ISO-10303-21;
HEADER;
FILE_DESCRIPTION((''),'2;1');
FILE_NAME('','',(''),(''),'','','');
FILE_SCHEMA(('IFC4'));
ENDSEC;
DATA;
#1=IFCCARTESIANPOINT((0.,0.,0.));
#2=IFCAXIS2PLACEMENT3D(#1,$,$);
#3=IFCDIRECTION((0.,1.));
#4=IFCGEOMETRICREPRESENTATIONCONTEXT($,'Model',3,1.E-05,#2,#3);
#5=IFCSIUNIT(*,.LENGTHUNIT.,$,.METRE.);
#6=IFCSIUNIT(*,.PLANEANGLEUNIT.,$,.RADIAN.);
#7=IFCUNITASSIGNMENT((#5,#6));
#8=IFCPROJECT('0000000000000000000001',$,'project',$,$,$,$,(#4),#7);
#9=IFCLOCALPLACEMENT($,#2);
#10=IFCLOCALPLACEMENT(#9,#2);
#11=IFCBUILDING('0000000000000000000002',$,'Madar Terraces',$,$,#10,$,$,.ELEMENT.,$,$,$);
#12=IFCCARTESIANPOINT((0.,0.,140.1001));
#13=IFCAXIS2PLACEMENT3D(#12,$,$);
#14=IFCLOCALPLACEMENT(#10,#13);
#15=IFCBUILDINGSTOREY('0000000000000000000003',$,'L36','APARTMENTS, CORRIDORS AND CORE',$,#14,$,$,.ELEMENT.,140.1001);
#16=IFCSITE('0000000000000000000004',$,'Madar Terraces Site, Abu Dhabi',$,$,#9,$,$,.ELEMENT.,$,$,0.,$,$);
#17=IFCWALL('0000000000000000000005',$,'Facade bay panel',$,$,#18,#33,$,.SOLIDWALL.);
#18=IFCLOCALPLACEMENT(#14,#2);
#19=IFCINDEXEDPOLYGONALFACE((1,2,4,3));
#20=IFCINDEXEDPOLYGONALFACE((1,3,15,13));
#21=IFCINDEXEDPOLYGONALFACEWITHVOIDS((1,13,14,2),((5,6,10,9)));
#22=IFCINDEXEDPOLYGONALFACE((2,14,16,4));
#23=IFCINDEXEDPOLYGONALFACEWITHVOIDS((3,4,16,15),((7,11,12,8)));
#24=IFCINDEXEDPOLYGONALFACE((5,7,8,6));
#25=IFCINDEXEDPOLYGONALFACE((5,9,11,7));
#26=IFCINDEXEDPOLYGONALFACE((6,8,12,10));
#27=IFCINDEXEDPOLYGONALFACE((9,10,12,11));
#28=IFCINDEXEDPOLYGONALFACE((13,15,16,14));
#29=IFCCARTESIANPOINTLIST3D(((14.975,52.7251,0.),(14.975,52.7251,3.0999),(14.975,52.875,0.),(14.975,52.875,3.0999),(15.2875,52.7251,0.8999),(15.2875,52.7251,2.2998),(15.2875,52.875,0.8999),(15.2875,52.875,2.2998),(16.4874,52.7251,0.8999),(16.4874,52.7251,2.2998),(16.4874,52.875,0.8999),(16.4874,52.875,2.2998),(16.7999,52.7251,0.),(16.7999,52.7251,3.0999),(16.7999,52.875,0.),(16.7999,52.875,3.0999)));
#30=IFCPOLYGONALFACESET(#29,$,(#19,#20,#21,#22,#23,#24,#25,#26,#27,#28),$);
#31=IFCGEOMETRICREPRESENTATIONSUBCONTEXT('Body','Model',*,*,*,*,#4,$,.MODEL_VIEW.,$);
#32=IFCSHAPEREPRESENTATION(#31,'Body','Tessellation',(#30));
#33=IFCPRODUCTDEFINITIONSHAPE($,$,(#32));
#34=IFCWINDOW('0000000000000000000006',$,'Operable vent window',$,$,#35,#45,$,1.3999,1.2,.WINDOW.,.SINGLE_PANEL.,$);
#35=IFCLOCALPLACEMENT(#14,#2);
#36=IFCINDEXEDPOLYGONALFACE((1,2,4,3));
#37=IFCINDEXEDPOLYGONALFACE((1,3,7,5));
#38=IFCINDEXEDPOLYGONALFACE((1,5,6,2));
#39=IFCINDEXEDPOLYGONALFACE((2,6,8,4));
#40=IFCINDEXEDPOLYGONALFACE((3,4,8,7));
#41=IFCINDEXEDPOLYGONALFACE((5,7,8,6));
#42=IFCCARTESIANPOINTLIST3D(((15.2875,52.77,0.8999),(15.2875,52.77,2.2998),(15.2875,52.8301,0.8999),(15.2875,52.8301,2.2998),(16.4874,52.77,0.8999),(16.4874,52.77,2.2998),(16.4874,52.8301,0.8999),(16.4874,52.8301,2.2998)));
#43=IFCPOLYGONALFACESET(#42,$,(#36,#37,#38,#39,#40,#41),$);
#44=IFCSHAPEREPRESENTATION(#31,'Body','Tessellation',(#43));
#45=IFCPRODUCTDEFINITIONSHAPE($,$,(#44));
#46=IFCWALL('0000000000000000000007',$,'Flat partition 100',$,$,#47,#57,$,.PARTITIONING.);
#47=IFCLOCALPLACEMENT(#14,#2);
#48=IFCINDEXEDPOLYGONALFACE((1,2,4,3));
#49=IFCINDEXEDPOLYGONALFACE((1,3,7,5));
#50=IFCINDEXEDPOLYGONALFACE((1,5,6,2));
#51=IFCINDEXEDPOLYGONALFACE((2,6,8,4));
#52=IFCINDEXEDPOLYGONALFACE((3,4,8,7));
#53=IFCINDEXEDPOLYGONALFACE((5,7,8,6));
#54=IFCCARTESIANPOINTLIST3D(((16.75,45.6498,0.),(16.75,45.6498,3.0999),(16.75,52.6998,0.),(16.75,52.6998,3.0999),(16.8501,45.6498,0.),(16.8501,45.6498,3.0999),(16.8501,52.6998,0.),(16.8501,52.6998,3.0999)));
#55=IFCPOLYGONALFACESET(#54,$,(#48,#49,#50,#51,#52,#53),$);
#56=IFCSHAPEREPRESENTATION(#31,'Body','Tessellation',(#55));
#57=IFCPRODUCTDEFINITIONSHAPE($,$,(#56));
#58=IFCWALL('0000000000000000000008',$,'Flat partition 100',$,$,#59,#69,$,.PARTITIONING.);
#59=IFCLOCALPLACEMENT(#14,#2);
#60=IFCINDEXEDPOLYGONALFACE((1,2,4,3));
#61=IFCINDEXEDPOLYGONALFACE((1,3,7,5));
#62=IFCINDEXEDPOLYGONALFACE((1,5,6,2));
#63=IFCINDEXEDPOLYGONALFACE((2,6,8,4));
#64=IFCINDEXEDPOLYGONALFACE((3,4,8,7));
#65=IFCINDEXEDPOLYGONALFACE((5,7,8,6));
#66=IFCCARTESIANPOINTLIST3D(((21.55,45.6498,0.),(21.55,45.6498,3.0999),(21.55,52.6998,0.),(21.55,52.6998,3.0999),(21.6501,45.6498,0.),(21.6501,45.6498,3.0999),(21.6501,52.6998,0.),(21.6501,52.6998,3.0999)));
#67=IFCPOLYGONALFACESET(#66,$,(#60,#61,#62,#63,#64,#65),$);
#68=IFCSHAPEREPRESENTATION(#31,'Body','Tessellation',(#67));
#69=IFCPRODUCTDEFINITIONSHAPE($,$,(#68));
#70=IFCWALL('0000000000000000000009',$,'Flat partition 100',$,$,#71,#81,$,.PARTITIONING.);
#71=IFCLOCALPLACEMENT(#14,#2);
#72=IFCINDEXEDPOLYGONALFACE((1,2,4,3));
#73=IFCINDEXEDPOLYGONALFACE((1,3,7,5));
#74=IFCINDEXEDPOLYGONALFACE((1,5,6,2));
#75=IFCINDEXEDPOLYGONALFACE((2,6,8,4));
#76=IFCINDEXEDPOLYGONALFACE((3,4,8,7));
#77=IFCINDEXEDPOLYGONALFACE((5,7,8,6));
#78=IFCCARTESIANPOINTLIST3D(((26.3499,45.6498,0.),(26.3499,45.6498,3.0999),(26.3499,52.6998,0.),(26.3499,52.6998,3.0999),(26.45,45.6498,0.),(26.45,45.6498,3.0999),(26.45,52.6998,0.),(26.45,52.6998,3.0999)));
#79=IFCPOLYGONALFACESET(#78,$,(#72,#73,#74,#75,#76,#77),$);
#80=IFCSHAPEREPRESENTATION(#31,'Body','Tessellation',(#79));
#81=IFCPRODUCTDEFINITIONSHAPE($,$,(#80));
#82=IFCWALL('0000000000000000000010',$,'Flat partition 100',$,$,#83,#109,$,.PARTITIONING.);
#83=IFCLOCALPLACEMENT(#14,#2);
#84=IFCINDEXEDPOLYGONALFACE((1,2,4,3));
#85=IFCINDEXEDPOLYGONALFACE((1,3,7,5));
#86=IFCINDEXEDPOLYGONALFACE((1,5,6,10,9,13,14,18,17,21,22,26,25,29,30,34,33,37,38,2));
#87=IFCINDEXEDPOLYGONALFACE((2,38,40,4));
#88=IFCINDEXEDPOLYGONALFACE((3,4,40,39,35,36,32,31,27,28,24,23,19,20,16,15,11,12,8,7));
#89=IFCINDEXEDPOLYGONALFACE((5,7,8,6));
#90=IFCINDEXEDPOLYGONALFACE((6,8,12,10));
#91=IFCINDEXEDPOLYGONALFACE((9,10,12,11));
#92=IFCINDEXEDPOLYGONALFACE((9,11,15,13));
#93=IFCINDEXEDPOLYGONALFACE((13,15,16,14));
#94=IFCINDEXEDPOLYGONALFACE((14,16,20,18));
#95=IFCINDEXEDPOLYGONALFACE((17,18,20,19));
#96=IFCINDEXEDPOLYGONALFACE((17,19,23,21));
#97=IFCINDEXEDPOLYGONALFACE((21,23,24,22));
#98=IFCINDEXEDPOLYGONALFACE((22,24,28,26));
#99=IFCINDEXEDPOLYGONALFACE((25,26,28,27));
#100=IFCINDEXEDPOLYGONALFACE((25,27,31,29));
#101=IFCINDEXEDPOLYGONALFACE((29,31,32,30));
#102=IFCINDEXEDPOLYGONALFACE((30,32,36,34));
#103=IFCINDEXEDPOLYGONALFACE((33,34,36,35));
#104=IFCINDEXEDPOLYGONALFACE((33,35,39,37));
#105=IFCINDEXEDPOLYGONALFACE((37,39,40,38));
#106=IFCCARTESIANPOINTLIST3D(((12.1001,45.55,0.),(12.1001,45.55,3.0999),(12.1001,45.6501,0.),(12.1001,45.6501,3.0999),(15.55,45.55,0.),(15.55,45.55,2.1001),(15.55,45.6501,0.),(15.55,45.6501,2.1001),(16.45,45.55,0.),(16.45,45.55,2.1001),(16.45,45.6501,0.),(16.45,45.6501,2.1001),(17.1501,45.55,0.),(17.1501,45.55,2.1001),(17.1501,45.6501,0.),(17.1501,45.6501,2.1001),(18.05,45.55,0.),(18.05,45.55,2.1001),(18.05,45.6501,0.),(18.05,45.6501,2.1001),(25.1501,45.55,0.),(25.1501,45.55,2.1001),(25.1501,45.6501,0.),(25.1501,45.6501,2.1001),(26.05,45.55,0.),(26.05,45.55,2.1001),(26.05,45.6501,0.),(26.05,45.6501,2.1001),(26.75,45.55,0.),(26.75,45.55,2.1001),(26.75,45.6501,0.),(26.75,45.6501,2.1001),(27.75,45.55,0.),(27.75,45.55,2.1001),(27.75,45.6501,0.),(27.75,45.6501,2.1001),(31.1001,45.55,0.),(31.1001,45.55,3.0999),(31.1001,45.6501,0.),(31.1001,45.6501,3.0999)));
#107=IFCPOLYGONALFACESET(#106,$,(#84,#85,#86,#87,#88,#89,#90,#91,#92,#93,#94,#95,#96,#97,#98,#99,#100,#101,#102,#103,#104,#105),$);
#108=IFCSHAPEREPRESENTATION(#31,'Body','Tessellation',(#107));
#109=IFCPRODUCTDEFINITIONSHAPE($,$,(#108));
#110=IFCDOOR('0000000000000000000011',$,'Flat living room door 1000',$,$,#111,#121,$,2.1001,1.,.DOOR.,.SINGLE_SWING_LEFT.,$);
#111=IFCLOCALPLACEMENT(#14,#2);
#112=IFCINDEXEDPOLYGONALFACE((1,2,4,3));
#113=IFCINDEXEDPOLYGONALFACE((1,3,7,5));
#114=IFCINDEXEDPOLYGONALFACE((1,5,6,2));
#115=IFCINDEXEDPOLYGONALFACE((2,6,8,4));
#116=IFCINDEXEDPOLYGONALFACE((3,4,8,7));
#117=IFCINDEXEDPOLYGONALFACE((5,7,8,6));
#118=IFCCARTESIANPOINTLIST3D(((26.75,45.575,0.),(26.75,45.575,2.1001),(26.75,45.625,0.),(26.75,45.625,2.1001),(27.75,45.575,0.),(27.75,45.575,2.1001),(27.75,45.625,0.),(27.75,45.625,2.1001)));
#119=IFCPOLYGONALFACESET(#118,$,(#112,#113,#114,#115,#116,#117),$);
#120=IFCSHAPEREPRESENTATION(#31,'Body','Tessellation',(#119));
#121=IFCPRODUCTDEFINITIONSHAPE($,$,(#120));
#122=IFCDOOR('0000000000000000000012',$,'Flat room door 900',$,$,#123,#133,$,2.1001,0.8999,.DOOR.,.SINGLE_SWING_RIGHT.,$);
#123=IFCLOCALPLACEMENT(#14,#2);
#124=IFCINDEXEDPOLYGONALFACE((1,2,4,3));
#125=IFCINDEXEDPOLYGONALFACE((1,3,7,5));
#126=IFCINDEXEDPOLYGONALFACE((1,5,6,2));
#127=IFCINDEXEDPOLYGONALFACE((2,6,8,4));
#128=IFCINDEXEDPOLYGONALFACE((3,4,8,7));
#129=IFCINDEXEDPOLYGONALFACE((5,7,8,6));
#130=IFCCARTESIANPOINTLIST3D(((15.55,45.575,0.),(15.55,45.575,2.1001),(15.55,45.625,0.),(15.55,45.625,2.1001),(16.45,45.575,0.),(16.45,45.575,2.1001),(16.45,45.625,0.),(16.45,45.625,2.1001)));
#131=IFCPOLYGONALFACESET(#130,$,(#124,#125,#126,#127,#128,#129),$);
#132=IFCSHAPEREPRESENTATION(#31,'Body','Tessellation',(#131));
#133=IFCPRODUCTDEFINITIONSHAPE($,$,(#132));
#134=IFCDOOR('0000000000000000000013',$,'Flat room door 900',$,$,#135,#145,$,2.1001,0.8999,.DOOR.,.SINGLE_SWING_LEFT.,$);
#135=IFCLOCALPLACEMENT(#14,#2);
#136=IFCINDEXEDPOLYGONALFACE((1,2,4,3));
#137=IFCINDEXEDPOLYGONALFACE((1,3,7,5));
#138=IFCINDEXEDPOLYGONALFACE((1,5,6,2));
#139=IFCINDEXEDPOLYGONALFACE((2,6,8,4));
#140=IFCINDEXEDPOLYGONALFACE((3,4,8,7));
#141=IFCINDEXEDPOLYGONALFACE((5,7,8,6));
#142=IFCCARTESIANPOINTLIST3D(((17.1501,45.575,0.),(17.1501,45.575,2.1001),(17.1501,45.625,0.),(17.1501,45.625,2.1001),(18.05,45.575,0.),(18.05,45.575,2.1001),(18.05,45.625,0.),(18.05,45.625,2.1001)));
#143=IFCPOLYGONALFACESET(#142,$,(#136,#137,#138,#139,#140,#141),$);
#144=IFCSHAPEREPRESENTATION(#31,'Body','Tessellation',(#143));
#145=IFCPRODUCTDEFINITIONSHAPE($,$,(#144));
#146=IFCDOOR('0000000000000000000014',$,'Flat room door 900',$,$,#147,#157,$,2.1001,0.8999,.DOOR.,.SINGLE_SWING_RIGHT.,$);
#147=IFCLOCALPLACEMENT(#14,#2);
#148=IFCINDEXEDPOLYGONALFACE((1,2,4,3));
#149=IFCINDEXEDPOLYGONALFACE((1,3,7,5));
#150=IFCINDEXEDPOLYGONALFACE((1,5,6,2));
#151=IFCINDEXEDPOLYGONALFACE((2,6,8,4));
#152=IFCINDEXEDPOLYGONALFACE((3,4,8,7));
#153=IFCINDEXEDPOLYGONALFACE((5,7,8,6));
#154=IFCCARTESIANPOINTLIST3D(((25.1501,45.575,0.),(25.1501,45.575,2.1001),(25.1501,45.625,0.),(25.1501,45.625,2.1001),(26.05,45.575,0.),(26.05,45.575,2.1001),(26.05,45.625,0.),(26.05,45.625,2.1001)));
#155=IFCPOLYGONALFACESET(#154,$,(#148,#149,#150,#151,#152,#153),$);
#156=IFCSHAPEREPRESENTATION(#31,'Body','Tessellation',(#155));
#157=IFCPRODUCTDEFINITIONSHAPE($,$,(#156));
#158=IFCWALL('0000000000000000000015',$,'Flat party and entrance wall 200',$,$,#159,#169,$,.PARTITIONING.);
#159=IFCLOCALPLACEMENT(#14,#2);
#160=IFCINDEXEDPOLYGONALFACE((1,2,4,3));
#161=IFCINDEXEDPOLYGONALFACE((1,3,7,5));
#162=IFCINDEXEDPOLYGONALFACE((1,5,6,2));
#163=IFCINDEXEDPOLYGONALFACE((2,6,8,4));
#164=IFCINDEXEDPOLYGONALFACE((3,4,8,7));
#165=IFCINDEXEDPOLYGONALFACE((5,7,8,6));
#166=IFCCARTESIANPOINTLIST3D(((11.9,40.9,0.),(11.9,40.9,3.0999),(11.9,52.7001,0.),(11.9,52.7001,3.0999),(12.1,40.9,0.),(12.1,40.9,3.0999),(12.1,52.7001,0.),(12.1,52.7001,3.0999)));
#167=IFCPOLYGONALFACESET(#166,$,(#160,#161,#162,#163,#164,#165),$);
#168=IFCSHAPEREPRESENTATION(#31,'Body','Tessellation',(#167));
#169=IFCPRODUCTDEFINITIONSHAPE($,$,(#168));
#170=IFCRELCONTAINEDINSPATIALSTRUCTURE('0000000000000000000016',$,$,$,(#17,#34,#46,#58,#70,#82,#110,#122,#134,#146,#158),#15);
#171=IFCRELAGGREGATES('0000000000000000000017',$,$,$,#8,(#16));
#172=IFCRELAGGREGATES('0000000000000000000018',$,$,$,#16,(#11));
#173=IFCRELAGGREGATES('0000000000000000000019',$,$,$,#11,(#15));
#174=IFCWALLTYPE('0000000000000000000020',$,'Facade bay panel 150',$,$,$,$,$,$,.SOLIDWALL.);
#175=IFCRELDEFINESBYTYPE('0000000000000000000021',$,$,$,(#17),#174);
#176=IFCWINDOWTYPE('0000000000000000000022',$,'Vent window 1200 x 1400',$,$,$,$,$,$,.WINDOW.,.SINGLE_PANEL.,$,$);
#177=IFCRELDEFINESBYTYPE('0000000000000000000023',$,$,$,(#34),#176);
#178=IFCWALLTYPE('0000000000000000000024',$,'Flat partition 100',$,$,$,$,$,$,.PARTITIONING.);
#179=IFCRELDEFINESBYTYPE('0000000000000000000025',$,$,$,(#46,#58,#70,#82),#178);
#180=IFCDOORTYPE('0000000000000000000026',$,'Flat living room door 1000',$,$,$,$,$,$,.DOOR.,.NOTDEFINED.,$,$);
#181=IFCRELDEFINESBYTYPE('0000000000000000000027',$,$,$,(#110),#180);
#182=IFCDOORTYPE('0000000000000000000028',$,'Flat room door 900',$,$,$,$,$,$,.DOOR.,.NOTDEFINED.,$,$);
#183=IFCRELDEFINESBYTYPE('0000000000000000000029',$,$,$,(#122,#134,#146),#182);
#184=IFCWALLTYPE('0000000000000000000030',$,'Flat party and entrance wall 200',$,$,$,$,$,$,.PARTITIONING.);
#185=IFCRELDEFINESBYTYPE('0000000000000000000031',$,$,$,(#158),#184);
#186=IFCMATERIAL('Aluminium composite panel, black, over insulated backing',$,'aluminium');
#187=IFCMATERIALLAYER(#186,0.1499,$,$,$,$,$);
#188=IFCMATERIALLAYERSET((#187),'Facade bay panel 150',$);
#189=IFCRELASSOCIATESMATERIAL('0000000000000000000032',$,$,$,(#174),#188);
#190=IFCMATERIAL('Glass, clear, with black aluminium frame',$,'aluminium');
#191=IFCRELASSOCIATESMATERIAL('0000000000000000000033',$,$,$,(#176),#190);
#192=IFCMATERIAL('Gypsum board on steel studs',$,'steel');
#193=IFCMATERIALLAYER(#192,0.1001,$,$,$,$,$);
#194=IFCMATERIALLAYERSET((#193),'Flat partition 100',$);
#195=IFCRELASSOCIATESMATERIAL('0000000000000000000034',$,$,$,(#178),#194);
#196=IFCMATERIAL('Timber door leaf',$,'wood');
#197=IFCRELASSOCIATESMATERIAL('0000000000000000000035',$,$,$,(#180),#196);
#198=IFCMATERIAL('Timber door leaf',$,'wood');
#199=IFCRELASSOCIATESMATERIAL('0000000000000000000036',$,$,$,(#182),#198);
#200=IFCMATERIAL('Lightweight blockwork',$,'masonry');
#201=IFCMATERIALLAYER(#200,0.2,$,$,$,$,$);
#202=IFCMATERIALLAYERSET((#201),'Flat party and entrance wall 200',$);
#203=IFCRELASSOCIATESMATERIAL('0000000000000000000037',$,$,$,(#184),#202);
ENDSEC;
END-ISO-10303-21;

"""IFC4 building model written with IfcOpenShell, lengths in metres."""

from ifc_helpers import new_model, si_unit, direction, frame, frame_2d, origin, place, context, subcontext, project, spatial, rectangle, extrude, material, layer, layer_set, type_object, element, fill, save


model = new_model("IFC4")

# Units and contexts
model_context = context("Model", 3, precision=1e-05, world=origin(), true_north=direction((0.0, 1.0)))
body_context = subcontext(model_context, "Body", "Model", "MODEL_VIEW")
ifc_project = project(units=[si_unit("LENGTHUNIT", "METRE"), si_unit("PLANEANGLEUNIT", "RADIAN")], contexts=[model_context])

# Site, building, storey
site_placement = place(None, origin())
site = spatial("IfcSite", under=ifc_project, at=site_placement, Name="Madar Terraces Site, Abu Dhabi", CompositionType="ELEMENT", RefElevation=0.0)
building_placement = place(site_placement, origin())
building = spatial("IfcBuilding", under=site, at=building_placement, Name="Madar Terraces", CompositionType="ELEMENT")
storey_placement = place(building_placement, frame((0.0, 0.0, 140.1001)))
storey = spatial("IfcBuildingStorey", under=building, at=storey_placement, Name="L36", Description="APARTMENTS, CORRIDORS AND CORE", CompositionType="ELEMENT", Elevation=140.1001)

# Wall, opening, window
ifc_material_1 = material(Name="Aluminium composite panel, black, over insulated backing", Category="aluminium")
ifc_layer_1 = layer(ifc_material_1, 0.1499)
ifc_layer_set_1 = layer_set([ifc_layer_1], Name="Facade bay panel 150")
wall_type_1 = type_object("IfcWallType", Name="Facade bay panel 150", PredefinedType="SOLIDWALL", material=ifc_layer_set_1)
ifc_material_2 = material(Name="Glass, clear, with black aluminium frame", Category="aluminium")
window_type = type_object("IfcWindowType", Name="Vent window 1200 x 1400", PartitioningType="SINGLE_PANEL", PredefinedType="WINDOW", material=ifc_material_2)
wall_1_placement = place(storey_placement, frame((16.8, 52.8, 0.0), z_axis=(0.0, 0.0, 1.0), x_axis=(-1.0, 0.0, 0.0)))
wall_1 = element("IfcWall", 1, at=wall_1_placement, inside=storey, type_object=wall_type_1, Name="Facade bay panel", PredefinedType="SOLIDWALL", context=body_context, shape_type="SweptSolid", body=[
    extrude(rectangle(XDim=1.825, YDim=0.1499, at=frame_2d((0.9126, 0.0))), origin(), (0.0, 0.0, 1.0), 3.0999),
])
opening_1_placement = place(wall_1_placement, frame((0.3125, 0.0, 0.8999)))
opening_1 = element("IfcOpeningElement", 2, at=opening_1_placement, cuts=wall_1, PredefinedType="OPENING", context=body_context, shape_type="SweptSolid", body=[
    extrude(rectangle(XDim=1.2, YDim=1.3999, at=frame_2d((0.6001, 0.7))), frame((0.0, 0.085, 0.0), z_axis=(0.0, -1.0, 0.0), x_axis=(1.0, 0.0, 0.0)), (0.0, 0.0, 1.0), 0.1699),
])
window_1_placement = place(opening_1_placement, origin())
window_1 = element("IfcWindow", 3, at=window_1_placement, inside=storey, type_object=window_type, Name="Operable vent window", OverallHeight=1.3999, OverallWidth=1.2, PartitioningType="SINGLE_PANEL", PredefinedType="WINDOW", context=body_context, shape_type="SweptSolid", body=[
    extrude(rectangle(XDim=1.2, YDim=1.3999, at=frame_2d((0.6001, 0.7))), frame((0.0, 0.03, 0.0), z_axis=(0.0, -1.0, 0.0), x_axis=(1.0, 0.0, 0.0)), (0.0, 0.0, 1.0), 0.0601),
])
fill(opening_1, window_1)

# Walls
ifc_material_3 = material(Name="Gypsum board on steel studs", Category="steel")
ifc_layer_2 = layer(ifc_material_3, 0.1001)
ifc_layer_set_2 = layer_set([ifc_layer_2], Name="Flat partition 100")
wall_type_2 = type_object("IfcWallType", Name="Flat partition 100", PredefinedType="PARTITIONING", material=ifc_layer_set_2)
for number, where, z_axis, x_axis, name in (
    (4, (16.8, 45.6499, 0.0), (0.0, 0.0, 1.0), (0.0, 1.0, 0.0), "Flat partition 100"),
    (5, (21.6001, 45.6499, 0.0), (0.0, 0.0, 1.0), (0.0, 1.0, 0.0), "Flat partition 100"),
    (6, (26.3999, 45.6499, 0.0), (0.0, 0.0, 1.0), (0.0, 1.0, 0.0), "Flat partition 100"),
):
    element("IfcWall", number, at=place(storey_placement, frame(where, z_axis=z_axis, x_axis=x_axis)), inside=storey, type_object=wall_type_2, Name=name, PredefinedType="PARTITIONING", context=body_context, shape_type="SweptSolid", body=[
        extrude(rectangle(XDim=7.05, YDim=0.1001, at=frame_2d((3.5249, 0.0))), origin(), (0.0, 0.0, 1.0), 3.0999),
    ])

# Wall, openings, doors
wall_2_placement = place(storey_placement, frame((12.1001, 45.6001, 0.0), z_axis=(0.0, 0.0, 1.0), x_axis=(1.0, 0.0, 0.0)))
wall_2 = element("IfcWall", 7, at=wall_2_placement, inside=storey, type_object=wall_type_2, Name="Flat partition 100", PredefinedType="PARTITIONING", context=body_context, shape_type="SweptSolid", body=[
    extrude(rectangle(XDim=19.0, YDim=0.1001, at=frame_2d((9.5, 0.0))), origin(), (0.0, 0.0, 1.0), 3.0999),
])
opening_2_placement = place(wall_2_placement, frame((3.45, 0.0, 0.0)))
opening_2 = element("IfcOpeningElement", 8, at=opening_2_placement, cuts=wall_2, PredefinedType="OPENING", context=body_context, shape_type="SweptSolid", body=[
    extrude(rectangle(XDim=0.8999, YDim=2.1001, at=frame_2d((0.45, 1.05))), frame((0.0, 0.0601, 0.0), z_axis=(0.0, -1.0, 0.0), x_axis=(1.0, 0.0, 0.0)), (0.0, 0.0, 1.0), 0.1201),
])
opening_3_placement = place(wall_2_placement, frame((5.05, 0.0, 0.0)))
opening_3 = element("IfcOpeningElement", 9, at=opening_3_placement, cuts=wall_2, PredefinedType="OPENING", context=body_context, shape_type="SweptSolid", body=[
    extrude(rectangle(XDim=0.8999, YDim=2.1001, at=frame_2d((0.45, 1.05))), frame((0.0, 0.0601, 0.0), z_axis=(0.0, -1.0, 0.0), x_axis=(1.0, 0.0, 0.0)), (0.0, 0.0, 1.0), 0.1201),
])
opening_4_placement = place(wall_2_placement, frame((13.05, 0.0, 0.0)))
opening_4 = element("IfcOpeningElement", 10, at=opening_4_placement, cuts=wall_2, PredefinedType="OPENING", context=body_context, shape_type="SweptSolid", body=[
    extrude(rectangle(XDim=0.8999, YDim=2.1001, at=frame_2d((0.45, 1.05))), frame((0.0, 0.0601, 0.0), z_axis=(0.0, -1.0, 0.0), x_axis=(1.0, 0.0, 0.0)), (0.0, 0.0, 1.0), 0.1201),
])
opening_5_placement = place(wall_2_placement, frame((14.6499, 0.0, 0.0)))
opening_5 = element("IfcOpeningElement", 11, at=opening_5_placement, cuts=wall_2, PredefinedType="OPENING", context=body_context, shape_type="SweptSolid", body=[
    extrude(rectangle(XDim=1.0, YDim=2.1001, at=frame_2d((0.5, 1.05))), frame((0.0, 0.0601, 0.0), z_axis=(0.0, -1.0, 0.0), x_axis=(1.0, 0.0, 0.0)), (0.0, 0.0, 1.0), 0.1201),
])
ifc_material_4 = material(Name="Timber door leaf", Category="wood")
door_type_1 = type_object("IfcDoorType", Name="Flat living room door 1000", OperationType="NOTDEFINED", PredefinedType="DOOR", material=ifc_material_4)
door_1_placement = place(opening_5_placement, origin())
door_1 = element("IfcDoor", 12, at=door_1_placement, inside=storey, type_object=door_type_1, Name="Flat living room door 1000", OperationType="SINGLE_SWING_LEFT", OverallHeight=2.1001, OverallWidth=1.0, PredefinedType="DOOR", context=body_context, shape_type="SweptSolid", body=[
    extrude(rectangle(XDim=1.0, YDim=2.1001, at=frame_2d((0.5, 1.05))), frame((0.0, 0.0249, 0.0), z_axis=(0.0, -1.0, 0.0), x_axis=(1.0, 0.0, 0.0)), (0.0, 0.0, 1.0), 0.05),
])
fill(opening_5, door_1)
ifc_material_5 = material(Name="Timber door leaf", Category="wood")
door_type_2 = type_object("IfcDoorType", Name="Flat room door 900", OperationType="NOTDEFINED", PredefinedType="DOOR", material=ifc_material_5)
door_2_placement = place(opening_2_placement, origin())
door_2 = element("IfcDoor", 13, at=door_2_placement, inside=storey, type_object=door_type_2, Name="Flat room door 900", OperationType="SINGLE_SWING_RIGHT", OverallHeight=2.1001, OverallWidth=0.8999, PredefinedType="DOOR", context=body_context, shape_type="SweptSolid", body=[
    extrude(rectangle(XDim=0.8999, YDim=2.1001, at=frame_2d((0.45, 1.05))), frame((0.0, 0.0249, 0.0), z_axis=(0.0, -1.0, 0.0), x_axis=(1.0, 0.0, 0.0)), (0.0, 0.0, 1.0), 0.05),
])
fill(opening_2, door_2)
door_3_placement = place(opening_3_placement, origin())
door_3 = element("IfcDoor", 14, at=door_3_placement, inside=storey, type_object=door_type_2, Name="Flat room door 900", OperationType="SINGLE_SWING_LEFT", OverallHeight=2.1001, OverallWidth=0.8999, PredefinedType="DOOR", context=body_context, shape_type="SweptSolid", body=[
    extrude(rectangle(XDim=0.8999, YDim=2.1001, at=frame_2d((0.45, 1.05))), frame((0.0, 0.0249, 0.0), z_axis=(0.0, -1.0, 0.0), x_axis=(1.0, 0.0, 0.0)), (0.0, 0.0, 1.0), 0.05),
])
fill(opening_3, door_3)
door_4_placement = place(opening_4_placement, origin())
door_4 = element("IfcDoor", 15, at=door_4_placement, inside=storey, type_object=door_type_2, Name="Flat room door 900", OperationType="SINGLE_SWING_RIGHT", OverallHeight=2.1001, OverallWidth=0.8999, PredefinedType="DOOR", context=body_context, shape_type="SweptSolid", body=[
    extrude(rectangle(XDim=0.8999, YDim=2.1001, at=frame_2d((0.45, 1.05))), frame((0.0, 0.0249, 0.0), z_axis=(0.0, -1.0, 0.0), x_axis=(1.0, 0.0, 0.0)), (0.0, 0.0, 1.0), 0.05),
])
fill(opening_4, door_4)

# Wall
ifc_material_6 = material(Name="Lightweight blockwork", Category="masonry")
ifc_layer_3 = layer(ifc_material_6, 0.2)
ifc_layer_set_3 = layer_set([ifc_layer_3], Name="Flat party and entrance wall 200")
wall_type_3 = type_object("IfcWallType", Name="Flat party and entrance wall 200", PredefinedType="PARTITIONING", material=ifc_layer_set_3)
wall_3_placement = place(storey_placement, frame((12.0, 52.7, 0.0), z_axis=(0.0, 0.0, 1.0), x_axis=(0.0, -1.0, 0.0)))
element("IfcWall", 16, at=wall_3_placement, inside=storey, type_object=wall_type_3, Name="Flat party and entrance wall 200", PredefinedType="PARTITIONING", context=body_context, shape_type="SweptSolid", body=[
    extrude(rectangle(XDim=11.8, YDim=0.2, at=frame_2d((5.8999, 0.0))), origin(), (0.0, 0.0, 1.0), 3.0999),
])

save(model, "model.ifc")
